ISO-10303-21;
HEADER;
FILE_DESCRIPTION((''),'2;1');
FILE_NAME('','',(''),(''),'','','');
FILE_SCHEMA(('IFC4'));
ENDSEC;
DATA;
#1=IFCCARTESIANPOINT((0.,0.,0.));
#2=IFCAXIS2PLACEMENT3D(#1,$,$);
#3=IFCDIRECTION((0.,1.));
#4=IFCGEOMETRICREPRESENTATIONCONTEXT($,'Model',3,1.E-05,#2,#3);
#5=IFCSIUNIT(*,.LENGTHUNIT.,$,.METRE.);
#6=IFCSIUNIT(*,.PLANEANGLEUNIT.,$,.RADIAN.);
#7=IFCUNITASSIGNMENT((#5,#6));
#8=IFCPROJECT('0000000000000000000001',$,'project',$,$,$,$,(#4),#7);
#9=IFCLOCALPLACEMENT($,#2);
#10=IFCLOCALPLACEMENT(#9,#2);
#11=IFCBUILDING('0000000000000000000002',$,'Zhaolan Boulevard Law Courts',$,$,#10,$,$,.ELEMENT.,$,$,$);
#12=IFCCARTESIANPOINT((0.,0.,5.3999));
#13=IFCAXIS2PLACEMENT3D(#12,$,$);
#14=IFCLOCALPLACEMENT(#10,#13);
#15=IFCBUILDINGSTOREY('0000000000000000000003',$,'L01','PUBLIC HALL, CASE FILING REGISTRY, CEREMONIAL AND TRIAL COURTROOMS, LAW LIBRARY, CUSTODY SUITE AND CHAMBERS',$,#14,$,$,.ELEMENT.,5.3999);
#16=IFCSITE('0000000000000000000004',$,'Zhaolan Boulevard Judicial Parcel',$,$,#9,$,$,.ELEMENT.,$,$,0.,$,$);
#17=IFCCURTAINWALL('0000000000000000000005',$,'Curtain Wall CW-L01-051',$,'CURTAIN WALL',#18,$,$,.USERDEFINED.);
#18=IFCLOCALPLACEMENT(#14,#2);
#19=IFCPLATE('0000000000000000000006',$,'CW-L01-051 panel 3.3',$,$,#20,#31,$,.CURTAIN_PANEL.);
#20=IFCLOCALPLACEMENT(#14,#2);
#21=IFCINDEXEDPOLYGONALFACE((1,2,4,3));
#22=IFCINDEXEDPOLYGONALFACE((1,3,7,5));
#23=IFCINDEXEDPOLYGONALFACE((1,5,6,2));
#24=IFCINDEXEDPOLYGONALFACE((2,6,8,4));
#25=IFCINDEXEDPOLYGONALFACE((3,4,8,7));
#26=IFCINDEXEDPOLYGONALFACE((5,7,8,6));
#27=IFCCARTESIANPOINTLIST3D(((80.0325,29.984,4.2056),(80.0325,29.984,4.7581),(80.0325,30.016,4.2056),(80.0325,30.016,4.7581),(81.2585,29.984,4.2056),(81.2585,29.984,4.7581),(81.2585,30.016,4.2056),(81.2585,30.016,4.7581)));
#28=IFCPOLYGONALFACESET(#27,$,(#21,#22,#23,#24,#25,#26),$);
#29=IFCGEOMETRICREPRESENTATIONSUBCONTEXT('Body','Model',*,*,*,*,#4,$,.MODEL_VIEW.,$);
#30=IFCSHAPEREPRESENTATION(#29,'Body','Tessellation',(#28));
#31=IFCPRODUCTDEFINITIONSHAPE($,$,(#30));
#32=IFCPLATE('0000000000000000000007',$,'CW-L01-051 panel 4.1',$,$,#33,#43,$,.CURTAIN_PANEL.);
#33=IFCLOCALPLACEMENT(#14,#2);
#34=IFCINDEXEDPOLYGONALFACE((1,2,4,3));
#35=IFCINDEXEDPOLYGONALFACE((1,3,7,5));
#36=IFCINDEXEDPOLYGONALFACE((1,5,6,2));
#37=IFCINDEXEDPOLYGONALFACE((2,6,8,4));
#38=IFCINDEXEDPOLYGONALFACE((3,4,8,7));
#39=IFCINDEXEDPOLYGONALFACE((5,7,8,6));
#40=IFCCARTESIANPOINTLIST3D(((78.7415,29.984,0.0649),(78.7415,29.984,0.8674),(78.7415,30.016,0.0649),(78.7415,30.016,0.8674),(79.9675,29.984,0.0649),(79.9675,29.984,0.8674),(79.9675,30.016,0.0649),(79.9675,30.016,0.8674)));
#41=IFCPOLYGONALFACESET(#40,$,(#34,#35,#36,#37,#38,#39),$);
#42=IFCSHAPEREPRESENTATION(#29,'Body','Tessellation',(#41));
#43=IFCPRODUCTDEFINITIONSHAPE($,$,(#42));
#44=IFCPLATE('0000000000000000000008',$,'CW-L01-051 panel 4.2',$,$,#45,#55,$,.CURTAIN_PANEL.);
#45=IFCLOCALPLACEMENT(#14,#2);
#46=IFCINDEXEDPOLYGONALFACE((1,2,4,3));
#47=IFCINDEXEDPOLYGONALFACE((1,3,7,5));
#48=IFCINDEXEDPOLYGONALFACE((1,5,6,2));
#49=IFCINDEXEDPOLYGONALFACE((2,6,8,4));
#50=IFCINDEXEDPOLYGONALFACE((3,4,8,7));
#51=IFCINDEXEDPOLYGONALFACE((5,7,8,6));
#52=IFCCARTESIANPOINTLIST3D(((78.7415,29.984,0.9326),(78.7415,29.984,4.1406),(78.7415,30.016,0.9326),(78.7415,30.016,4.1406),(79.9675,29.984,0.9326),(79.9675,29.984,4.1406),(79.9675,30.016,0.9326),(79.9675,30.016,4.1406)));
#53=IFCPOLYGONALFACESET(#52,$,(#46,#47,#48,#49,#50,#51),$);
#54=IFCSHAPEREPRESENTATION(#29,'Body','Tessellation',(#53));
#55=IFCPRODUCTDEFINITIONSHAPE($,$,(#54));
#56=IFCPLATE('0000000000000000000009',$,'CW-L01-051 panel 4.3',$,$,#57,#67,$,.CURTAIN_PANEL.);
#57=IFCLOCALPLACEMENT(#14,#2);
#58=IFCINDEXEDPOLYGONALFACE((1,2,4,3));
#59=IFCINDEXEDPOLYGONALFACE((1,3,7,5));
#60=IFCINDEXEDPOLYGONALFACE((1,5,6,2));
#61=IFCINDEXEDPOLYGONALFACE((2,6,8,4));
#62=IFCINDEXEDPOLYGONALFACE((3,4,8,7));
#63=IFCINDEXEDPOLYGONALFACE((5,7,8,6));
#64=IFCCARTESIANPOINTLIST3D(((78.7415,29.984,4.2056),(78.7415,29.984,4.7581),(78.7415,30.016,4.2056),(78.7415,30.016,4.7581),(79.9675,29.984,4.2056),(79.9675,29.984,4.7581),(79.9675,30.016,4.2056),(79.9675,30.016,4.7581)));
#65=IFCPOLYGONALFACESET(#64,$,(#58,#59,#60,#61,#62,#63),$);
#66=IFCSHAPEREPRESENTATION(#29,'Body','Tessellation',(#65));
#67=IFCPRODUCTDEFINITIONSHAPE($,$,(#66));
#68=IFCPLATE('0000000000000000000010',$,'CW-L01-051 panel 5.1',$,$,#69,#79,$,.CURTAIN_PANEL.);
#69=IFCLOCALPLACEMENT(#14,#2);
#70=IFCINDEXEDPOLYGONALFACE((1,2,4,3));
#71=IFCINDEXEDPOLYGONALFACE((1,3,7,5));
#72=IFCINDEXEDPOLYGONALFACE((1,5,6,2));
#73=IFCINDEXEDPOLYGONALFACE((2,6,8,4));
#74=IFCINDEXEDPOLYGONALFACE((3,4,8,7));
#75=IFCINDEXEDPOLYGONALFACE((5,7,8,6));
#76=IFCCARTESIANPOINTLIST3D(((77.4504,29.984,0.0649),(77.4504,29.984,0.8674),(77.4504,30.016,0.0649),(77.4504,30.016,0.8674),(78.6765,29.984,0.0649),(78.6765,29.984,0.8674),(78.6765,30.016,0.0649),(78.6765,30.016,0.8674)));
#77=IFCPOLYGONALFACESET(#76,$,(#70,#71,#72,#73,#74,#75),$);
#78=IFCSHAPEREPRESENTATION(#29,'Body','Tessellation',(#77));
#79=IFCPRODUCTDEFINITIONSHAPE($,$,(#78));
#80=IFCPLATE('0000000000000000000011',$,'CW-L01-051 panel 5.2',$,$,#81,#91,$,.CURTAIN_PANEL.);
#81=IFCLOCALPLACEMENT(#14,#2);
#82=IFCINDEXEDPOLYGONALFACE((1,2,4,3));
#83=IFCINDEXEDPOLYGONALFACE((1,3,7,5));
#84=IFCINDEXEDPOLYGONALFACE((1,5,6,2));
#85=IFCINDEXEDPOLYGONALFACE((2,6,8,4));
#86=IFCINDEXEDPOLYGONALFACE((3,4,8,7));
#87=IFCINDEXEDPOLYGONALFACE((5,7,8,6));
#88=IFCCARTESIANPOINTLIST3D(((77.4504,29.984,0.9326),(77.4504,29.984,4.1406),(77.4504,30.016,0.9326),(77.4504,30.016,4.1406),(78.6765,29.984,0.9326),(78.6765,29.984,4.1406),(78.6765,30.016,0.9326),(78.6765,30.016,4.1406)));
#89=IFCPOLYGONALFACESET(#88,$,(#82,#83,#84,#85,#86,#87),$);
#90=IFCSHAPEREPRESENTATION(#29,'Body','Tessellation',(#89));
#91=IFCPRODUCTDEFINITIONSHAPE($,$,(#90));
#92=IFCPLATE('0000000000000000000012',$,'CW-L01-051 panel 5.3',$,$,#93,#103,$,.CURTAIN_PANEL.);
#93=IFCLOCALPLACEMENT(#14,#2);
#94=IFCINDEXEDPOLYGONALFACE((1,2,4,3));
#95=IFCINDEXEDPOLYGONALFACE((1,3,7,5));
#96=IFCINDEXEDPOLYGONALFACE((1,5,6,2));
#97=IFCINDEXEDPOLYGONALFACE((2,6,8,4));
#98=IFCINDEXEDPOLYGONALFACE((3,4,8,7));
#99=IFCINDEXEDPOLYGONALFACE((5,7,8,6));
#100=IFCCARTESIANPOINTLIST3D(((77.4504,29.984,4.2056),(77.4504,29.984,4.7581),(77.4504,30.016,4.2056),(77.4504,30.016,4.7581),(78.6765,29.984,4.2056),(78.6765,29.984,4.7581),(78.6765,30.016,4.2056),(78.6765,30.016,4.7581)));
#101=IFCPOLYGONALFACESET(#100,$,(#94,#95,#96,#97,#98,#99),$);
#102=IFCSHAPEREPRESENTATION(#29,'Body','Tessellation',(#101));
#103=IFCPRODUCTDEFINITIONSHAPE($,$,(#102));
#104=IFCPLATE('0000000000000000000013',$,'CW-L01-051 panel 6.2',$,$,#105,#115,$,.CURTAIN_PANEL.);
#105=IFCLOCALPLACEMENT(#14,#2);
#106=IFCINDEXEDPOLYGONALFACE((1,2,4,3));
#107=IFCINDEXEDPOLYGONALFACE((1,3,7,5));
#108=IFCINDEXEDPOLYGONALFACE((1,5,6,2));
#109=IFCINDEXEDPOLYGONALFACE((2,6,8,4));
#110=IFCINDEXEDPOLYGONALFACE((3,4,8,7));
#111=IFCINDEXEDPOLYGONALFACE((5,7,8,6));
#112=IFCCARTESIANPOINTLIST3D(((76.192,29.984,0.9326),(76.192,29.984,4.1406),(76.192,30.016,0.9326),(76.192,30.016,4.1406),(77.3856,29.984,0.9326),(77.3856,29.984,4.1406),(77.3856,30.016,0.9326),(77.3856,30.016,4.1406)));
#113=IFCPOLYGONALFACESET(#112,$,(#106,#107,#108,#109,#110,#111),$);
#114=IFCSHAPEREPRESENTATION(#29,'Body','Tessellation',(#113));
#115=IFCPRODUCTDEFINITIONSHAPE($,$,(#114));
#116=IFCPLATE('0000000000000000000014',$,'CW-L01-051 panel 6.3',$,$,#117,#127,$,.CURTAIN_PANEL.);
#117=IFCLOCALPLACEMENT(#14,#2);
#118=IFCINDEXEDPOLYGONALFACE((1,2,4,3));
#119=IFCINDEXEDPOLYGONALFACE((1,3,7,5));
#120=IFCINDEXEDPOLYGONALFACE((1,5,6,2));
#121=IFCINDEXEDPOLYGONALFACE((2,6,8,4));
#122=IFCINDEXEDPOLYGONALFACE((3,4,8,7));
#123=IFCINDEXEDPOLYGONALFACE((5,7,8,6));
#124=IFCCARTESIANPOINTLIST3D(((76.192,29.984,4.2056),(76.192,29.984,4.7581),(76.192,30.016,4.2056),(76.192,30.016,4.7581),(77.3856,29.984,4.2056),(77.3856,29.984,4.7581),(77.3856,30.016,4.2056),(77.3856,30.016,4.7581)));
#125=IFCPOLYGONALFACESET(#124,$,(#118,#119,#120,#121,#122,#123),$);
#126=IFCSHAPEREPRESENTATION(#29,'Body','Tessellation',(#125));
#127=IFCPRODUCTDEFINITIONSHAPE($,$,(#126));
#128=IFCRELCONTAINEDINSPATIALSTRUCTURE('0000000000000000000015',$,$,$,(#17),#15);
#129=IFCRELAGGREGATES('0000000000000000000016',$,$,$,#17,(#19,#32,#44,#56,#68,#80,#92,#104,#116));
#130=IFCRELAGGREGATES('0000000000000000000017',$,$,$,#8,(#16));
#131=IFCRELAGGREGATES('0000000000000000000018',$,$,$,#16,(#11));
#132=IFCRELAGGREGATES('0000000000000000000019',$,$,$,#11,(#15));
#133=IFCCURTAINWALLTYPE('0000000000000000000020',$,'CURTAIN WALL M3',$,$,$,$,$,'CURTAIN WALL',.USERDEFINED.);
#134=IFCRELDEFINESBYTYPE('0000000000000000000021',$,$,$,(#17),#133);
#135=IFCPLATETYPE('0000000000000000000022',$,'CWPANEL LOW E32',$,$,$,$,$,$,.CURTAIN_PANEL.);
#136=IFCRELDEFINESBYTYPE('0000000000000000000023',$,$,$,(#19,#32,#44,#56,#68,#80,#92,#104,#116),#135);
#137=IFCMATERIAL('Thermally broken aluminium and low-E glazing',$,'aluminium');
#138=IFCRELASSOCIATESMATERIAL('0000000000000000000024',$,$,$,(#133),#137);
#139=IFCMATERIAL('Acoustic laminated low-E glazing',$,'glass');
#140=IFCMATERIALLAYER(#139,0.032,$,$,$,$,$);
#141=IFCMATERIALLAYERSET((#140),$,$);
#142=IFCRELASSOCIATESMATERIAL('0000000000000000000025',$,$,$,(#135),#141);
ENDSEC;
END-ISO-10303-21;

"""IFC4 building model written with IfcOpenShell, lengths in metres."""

from ifc_helpers import new_model, si_unit, direction, frame, origin, origin_2d, place, context, subcontext, project, spatial, rectangle, extrude, material, layer, layer_set, type_object, element, aggregate, save


model = new_model("IFC4")

# Units and contexts
model_context = context("Model", 3, precision=1e-05, world=origin(), true_north=direction((0.0, 1.0)))
body_context = subcontext(model_context, "Body", "Model", "MODEL_VIEW")
ifc_project = project(units=[si_unit("LENGTHUNIT", "METRE"), si_unit("PLANEANGLEUNIT", "RADIAN")], contexts=[model_context])

# Site, building, storey
site_placement = place(None, origin())
site = spatial("IfcSite", under=ifc_project, at=site_placement, Name="Zhaolan Boulevard Judicial Parcel", CompositionType="ELEMENT", RefElevation=0.0)
building_placement = place(site_placement, origin())
building = spatial("IfcBuilding", under=site, at=building_placement, Name="Zhaolan Boulevard Law Courts", CompositionType="ELEMENT")
storey_placement = place(building_placement, frame((0.0, 0.0, 5.3999)))
storey = spatial("IfcBuildingStorey", under=building, at=storey_placement, Name="L01", Description="PUBLIC HALL, CASE FILING REGISTRY, CEREMONIAL AND TRIAL COURTROOMS, LAW LIBRARY, CUSTODY SUITE AND CHAMBERS", CompositionType="ELEMENT", Elevation=5.3999)

# Curtain wall, plates
ifc_material_1 = material(Name="Thermally broken aluminium and low-E glazing", Category="aluminium")
curtain_wall_type = type_object("IfcCurtainWallType", Name="CURTAIN WALL M3", ElementType="CURTAIN WALL", PredefinedType="USERDEFINED", material=ifc_material_1)
curtain_wall_placement = place(storey_placement, origin())
curtain_wall = element("IfcCurtainWall", 1, at=curtain_wall_placement, inside=storey, type_object=curtain_wall_type, Name="Curtain Wall CW-L01-051", ObjectType="CURTAIN WALL", PredefinedType="USERDEFINED")
ifc_material_2 = material(Name="Acoustic laminated low-E glazing", Category="glass")
ifc_layer = layer(ifc_material_2, 0.032)
ifc_layer_set = layer_set([ifc_layer])
plate_type = type_object("IfcPlateType", Name="CWPANEL LOW E32", PredefinedType="CURTAIN_PANEL", material=ifc_layer_set)
plate_1_placement = place(storey_placement, frame((80.6455, 30.0, 4.2056), z_axis=(0.0, 0.0, 1.0), x_axis=(-1.0, 0.0, 0.0)))
plate_1 = element("IfcPlate", 2, at=plate_1_placement, type_object=plate_type, Name="CW-L01-051 panel 3.3", PredefinedType="CURTAIN_PANEL", context=body_context, shape_type="SweptSolid", body=[
    extrude(rectangle(XDim=1.2261, YDim=0.032, at=origin_2d()), origin(), (0.0, 0.0, 1.0), 0.5525),
])
plate_2_placement = place(storey_placement, frame((79.3545, 30.0, 0.0649), z_axis=(0.0, 0.0, 1.0), x_axis=(-1.0, 0.0, 0.0)))
plate_2 = element("IfcPlate", 3, at=plate_2_placement, type_object=plate_type, Name="CW-L01-051 panel 4.1", PredefinedType="CURTAIN_PANEL", context=body_context, shape_type="SweptSolid", body=[
    extrude(rectangle(XDim=1.2261, YDim=0.032, at=origin_2d()), origin(), (0.0, 0.0, 1.0), 0.8025),
])
plate_3_placement = place(storey_placement, frame((79.3545, 30.0, 0.9326), z_axis=(0.0, 0.0, 1.0), x_axis=(-1.0, 0.0, 0.0)))
plate_3 = element("IfcPlate", 4, at=plate_3_placement, type_object=plate_type, Name="CW-L01-051 panel 4.2", PredefinedType="CURTAIN_PANEL", context=body_context, shape_type="SweptSolid", body=[
    extrude(rectangle(XDim=1.2261, YDim=0.032, at=origin_2d()), origin(), (0.0, 0.0, 1.0), 3.208),
])
plate_4_placement = place(storey_placement, frame((79.3545, 30.0, 4.2056), z_axis=(0.0, 0.0, 1.0), x_axis=(-1.0, 0.0, 0.0)))
plate_4 = element("IfcPlate", 5, at=plate_4_placement, type_object=plate_type, Name="CW-L01-051 panel 4.3", PredefinedType="CURTAIN_PANEL", context=body_context, shape_type="SweptSolid", body=[
    extrude(rectangle(XDim=1.2261, YDim=0.032, at=origin_2d()), origin(), (0.0, 0.0, 1.0), 0.5525),
])
plate_5_placement = place(storey_placement, frame((78.0635, 30.0, 0.0649), z_axis=(0.0, 0.0, 1.0), x_axis=(-1.0, 0.0, 0.0)))
plate_5 = element("IfcPlate", 6, at=plate_5_placement, type_object=plate_type, Name="CW-L01-051 panel 5.1", PredefinedType="CURTAIN_PANEL", context=body_context, shape_type="SweptSolid", body=[
    extrude(rectangle(XDim=1.2261, YDim=0.032, at=origin_2d()), origin(), (0.0, 0.0, 1.0), 0.8025),
])
plate_6_placement = place(storey_placement, frame((78.0635, 30.0, 0.9326), z_axis=(0.0, 0.0, 1.0), x_axis=(-1.0, 0.0, 0.0)))
plate_6 = element("IfcPlate", 7, at=plate_6_placement, type_object=plate_type, Name="CW-L01-051 panel 5.2", PredefinedType="CURTAIN_PANEL", context=body_context, shape_type="SweptSolid", body=[
    extrude(rectangle(XDim=1.2261, YDim=0.032, at=origin_2d()), origin(), (0.0, 0.0, 1.0), 3.208),
])
plate_7_placement = place(storey_placement, frame((78.0635, 30.0, 4.2056), z_axis=(0.0, 0.0, 1.0), x_axis=(-1.0, 0.0, 0.0)))
plate_7 = element("IfcPlate", 8, at=plate_7_placement, type_object=plate_type, Name="CW-L01-051 panel 5.3", PredefinedType="CURTAIN_PANEL", context=body_context, shape_type="SweptSolid", body=[
    extrude(rectangle(XDim=1.2261, YDim=0.032, at=origin_2d()), origin(), (0.0, 0.0, 1.0), 0.5525),
])
plate_8_placement = place(storey_placement, frame((76.7888, 30.0, 0.9326), z_axis=(0.0, 0.0, 1.0), x_axis=(-1.0, 0.0, 0.0)))
plate_8 = element("IfcPlate", 9, at=plate_8_placement, type_object=plate_type, Name="CW-L01-051 panel 6.2", PredefinedType="CURTAIN_PANEL", context=body_context, shape_type="SweptSolid", body=[
    extrude(rectangle(XDim=1.1936, YDim=0.032, at=origin_2d()), origin(), (0.0, 0.0, 1.0), 3.208),
])
plate_9_placement = place(storey_placement, frame((76.7888, 30.0, 4.2056), z_axis=(0.0, 0.0, 1.0), x_axis=(-1.0, 0.0, 0.0)))
plate_9 = element("IfcPlate", 10, at=plate_9_placement, type_object=plate_type, Name="CW-L01-051 panel 6.3", PredefinedType="CURTAIN_PANEL", context=body_context, shape_type="SweptSolid", body=[
    extrude(rectangle(XDim=1.1936, YDim=0.032, at=origin_2d()), origin(), (0.0, 0.0, 1.0), 0.5525),
])
aggregate(curtain_wall, [plate_1, plate_2, plate_3, plate_4, plate_5, plate_6, plate_7, plate_8, plate_9])

save(model, "model.ifc")
